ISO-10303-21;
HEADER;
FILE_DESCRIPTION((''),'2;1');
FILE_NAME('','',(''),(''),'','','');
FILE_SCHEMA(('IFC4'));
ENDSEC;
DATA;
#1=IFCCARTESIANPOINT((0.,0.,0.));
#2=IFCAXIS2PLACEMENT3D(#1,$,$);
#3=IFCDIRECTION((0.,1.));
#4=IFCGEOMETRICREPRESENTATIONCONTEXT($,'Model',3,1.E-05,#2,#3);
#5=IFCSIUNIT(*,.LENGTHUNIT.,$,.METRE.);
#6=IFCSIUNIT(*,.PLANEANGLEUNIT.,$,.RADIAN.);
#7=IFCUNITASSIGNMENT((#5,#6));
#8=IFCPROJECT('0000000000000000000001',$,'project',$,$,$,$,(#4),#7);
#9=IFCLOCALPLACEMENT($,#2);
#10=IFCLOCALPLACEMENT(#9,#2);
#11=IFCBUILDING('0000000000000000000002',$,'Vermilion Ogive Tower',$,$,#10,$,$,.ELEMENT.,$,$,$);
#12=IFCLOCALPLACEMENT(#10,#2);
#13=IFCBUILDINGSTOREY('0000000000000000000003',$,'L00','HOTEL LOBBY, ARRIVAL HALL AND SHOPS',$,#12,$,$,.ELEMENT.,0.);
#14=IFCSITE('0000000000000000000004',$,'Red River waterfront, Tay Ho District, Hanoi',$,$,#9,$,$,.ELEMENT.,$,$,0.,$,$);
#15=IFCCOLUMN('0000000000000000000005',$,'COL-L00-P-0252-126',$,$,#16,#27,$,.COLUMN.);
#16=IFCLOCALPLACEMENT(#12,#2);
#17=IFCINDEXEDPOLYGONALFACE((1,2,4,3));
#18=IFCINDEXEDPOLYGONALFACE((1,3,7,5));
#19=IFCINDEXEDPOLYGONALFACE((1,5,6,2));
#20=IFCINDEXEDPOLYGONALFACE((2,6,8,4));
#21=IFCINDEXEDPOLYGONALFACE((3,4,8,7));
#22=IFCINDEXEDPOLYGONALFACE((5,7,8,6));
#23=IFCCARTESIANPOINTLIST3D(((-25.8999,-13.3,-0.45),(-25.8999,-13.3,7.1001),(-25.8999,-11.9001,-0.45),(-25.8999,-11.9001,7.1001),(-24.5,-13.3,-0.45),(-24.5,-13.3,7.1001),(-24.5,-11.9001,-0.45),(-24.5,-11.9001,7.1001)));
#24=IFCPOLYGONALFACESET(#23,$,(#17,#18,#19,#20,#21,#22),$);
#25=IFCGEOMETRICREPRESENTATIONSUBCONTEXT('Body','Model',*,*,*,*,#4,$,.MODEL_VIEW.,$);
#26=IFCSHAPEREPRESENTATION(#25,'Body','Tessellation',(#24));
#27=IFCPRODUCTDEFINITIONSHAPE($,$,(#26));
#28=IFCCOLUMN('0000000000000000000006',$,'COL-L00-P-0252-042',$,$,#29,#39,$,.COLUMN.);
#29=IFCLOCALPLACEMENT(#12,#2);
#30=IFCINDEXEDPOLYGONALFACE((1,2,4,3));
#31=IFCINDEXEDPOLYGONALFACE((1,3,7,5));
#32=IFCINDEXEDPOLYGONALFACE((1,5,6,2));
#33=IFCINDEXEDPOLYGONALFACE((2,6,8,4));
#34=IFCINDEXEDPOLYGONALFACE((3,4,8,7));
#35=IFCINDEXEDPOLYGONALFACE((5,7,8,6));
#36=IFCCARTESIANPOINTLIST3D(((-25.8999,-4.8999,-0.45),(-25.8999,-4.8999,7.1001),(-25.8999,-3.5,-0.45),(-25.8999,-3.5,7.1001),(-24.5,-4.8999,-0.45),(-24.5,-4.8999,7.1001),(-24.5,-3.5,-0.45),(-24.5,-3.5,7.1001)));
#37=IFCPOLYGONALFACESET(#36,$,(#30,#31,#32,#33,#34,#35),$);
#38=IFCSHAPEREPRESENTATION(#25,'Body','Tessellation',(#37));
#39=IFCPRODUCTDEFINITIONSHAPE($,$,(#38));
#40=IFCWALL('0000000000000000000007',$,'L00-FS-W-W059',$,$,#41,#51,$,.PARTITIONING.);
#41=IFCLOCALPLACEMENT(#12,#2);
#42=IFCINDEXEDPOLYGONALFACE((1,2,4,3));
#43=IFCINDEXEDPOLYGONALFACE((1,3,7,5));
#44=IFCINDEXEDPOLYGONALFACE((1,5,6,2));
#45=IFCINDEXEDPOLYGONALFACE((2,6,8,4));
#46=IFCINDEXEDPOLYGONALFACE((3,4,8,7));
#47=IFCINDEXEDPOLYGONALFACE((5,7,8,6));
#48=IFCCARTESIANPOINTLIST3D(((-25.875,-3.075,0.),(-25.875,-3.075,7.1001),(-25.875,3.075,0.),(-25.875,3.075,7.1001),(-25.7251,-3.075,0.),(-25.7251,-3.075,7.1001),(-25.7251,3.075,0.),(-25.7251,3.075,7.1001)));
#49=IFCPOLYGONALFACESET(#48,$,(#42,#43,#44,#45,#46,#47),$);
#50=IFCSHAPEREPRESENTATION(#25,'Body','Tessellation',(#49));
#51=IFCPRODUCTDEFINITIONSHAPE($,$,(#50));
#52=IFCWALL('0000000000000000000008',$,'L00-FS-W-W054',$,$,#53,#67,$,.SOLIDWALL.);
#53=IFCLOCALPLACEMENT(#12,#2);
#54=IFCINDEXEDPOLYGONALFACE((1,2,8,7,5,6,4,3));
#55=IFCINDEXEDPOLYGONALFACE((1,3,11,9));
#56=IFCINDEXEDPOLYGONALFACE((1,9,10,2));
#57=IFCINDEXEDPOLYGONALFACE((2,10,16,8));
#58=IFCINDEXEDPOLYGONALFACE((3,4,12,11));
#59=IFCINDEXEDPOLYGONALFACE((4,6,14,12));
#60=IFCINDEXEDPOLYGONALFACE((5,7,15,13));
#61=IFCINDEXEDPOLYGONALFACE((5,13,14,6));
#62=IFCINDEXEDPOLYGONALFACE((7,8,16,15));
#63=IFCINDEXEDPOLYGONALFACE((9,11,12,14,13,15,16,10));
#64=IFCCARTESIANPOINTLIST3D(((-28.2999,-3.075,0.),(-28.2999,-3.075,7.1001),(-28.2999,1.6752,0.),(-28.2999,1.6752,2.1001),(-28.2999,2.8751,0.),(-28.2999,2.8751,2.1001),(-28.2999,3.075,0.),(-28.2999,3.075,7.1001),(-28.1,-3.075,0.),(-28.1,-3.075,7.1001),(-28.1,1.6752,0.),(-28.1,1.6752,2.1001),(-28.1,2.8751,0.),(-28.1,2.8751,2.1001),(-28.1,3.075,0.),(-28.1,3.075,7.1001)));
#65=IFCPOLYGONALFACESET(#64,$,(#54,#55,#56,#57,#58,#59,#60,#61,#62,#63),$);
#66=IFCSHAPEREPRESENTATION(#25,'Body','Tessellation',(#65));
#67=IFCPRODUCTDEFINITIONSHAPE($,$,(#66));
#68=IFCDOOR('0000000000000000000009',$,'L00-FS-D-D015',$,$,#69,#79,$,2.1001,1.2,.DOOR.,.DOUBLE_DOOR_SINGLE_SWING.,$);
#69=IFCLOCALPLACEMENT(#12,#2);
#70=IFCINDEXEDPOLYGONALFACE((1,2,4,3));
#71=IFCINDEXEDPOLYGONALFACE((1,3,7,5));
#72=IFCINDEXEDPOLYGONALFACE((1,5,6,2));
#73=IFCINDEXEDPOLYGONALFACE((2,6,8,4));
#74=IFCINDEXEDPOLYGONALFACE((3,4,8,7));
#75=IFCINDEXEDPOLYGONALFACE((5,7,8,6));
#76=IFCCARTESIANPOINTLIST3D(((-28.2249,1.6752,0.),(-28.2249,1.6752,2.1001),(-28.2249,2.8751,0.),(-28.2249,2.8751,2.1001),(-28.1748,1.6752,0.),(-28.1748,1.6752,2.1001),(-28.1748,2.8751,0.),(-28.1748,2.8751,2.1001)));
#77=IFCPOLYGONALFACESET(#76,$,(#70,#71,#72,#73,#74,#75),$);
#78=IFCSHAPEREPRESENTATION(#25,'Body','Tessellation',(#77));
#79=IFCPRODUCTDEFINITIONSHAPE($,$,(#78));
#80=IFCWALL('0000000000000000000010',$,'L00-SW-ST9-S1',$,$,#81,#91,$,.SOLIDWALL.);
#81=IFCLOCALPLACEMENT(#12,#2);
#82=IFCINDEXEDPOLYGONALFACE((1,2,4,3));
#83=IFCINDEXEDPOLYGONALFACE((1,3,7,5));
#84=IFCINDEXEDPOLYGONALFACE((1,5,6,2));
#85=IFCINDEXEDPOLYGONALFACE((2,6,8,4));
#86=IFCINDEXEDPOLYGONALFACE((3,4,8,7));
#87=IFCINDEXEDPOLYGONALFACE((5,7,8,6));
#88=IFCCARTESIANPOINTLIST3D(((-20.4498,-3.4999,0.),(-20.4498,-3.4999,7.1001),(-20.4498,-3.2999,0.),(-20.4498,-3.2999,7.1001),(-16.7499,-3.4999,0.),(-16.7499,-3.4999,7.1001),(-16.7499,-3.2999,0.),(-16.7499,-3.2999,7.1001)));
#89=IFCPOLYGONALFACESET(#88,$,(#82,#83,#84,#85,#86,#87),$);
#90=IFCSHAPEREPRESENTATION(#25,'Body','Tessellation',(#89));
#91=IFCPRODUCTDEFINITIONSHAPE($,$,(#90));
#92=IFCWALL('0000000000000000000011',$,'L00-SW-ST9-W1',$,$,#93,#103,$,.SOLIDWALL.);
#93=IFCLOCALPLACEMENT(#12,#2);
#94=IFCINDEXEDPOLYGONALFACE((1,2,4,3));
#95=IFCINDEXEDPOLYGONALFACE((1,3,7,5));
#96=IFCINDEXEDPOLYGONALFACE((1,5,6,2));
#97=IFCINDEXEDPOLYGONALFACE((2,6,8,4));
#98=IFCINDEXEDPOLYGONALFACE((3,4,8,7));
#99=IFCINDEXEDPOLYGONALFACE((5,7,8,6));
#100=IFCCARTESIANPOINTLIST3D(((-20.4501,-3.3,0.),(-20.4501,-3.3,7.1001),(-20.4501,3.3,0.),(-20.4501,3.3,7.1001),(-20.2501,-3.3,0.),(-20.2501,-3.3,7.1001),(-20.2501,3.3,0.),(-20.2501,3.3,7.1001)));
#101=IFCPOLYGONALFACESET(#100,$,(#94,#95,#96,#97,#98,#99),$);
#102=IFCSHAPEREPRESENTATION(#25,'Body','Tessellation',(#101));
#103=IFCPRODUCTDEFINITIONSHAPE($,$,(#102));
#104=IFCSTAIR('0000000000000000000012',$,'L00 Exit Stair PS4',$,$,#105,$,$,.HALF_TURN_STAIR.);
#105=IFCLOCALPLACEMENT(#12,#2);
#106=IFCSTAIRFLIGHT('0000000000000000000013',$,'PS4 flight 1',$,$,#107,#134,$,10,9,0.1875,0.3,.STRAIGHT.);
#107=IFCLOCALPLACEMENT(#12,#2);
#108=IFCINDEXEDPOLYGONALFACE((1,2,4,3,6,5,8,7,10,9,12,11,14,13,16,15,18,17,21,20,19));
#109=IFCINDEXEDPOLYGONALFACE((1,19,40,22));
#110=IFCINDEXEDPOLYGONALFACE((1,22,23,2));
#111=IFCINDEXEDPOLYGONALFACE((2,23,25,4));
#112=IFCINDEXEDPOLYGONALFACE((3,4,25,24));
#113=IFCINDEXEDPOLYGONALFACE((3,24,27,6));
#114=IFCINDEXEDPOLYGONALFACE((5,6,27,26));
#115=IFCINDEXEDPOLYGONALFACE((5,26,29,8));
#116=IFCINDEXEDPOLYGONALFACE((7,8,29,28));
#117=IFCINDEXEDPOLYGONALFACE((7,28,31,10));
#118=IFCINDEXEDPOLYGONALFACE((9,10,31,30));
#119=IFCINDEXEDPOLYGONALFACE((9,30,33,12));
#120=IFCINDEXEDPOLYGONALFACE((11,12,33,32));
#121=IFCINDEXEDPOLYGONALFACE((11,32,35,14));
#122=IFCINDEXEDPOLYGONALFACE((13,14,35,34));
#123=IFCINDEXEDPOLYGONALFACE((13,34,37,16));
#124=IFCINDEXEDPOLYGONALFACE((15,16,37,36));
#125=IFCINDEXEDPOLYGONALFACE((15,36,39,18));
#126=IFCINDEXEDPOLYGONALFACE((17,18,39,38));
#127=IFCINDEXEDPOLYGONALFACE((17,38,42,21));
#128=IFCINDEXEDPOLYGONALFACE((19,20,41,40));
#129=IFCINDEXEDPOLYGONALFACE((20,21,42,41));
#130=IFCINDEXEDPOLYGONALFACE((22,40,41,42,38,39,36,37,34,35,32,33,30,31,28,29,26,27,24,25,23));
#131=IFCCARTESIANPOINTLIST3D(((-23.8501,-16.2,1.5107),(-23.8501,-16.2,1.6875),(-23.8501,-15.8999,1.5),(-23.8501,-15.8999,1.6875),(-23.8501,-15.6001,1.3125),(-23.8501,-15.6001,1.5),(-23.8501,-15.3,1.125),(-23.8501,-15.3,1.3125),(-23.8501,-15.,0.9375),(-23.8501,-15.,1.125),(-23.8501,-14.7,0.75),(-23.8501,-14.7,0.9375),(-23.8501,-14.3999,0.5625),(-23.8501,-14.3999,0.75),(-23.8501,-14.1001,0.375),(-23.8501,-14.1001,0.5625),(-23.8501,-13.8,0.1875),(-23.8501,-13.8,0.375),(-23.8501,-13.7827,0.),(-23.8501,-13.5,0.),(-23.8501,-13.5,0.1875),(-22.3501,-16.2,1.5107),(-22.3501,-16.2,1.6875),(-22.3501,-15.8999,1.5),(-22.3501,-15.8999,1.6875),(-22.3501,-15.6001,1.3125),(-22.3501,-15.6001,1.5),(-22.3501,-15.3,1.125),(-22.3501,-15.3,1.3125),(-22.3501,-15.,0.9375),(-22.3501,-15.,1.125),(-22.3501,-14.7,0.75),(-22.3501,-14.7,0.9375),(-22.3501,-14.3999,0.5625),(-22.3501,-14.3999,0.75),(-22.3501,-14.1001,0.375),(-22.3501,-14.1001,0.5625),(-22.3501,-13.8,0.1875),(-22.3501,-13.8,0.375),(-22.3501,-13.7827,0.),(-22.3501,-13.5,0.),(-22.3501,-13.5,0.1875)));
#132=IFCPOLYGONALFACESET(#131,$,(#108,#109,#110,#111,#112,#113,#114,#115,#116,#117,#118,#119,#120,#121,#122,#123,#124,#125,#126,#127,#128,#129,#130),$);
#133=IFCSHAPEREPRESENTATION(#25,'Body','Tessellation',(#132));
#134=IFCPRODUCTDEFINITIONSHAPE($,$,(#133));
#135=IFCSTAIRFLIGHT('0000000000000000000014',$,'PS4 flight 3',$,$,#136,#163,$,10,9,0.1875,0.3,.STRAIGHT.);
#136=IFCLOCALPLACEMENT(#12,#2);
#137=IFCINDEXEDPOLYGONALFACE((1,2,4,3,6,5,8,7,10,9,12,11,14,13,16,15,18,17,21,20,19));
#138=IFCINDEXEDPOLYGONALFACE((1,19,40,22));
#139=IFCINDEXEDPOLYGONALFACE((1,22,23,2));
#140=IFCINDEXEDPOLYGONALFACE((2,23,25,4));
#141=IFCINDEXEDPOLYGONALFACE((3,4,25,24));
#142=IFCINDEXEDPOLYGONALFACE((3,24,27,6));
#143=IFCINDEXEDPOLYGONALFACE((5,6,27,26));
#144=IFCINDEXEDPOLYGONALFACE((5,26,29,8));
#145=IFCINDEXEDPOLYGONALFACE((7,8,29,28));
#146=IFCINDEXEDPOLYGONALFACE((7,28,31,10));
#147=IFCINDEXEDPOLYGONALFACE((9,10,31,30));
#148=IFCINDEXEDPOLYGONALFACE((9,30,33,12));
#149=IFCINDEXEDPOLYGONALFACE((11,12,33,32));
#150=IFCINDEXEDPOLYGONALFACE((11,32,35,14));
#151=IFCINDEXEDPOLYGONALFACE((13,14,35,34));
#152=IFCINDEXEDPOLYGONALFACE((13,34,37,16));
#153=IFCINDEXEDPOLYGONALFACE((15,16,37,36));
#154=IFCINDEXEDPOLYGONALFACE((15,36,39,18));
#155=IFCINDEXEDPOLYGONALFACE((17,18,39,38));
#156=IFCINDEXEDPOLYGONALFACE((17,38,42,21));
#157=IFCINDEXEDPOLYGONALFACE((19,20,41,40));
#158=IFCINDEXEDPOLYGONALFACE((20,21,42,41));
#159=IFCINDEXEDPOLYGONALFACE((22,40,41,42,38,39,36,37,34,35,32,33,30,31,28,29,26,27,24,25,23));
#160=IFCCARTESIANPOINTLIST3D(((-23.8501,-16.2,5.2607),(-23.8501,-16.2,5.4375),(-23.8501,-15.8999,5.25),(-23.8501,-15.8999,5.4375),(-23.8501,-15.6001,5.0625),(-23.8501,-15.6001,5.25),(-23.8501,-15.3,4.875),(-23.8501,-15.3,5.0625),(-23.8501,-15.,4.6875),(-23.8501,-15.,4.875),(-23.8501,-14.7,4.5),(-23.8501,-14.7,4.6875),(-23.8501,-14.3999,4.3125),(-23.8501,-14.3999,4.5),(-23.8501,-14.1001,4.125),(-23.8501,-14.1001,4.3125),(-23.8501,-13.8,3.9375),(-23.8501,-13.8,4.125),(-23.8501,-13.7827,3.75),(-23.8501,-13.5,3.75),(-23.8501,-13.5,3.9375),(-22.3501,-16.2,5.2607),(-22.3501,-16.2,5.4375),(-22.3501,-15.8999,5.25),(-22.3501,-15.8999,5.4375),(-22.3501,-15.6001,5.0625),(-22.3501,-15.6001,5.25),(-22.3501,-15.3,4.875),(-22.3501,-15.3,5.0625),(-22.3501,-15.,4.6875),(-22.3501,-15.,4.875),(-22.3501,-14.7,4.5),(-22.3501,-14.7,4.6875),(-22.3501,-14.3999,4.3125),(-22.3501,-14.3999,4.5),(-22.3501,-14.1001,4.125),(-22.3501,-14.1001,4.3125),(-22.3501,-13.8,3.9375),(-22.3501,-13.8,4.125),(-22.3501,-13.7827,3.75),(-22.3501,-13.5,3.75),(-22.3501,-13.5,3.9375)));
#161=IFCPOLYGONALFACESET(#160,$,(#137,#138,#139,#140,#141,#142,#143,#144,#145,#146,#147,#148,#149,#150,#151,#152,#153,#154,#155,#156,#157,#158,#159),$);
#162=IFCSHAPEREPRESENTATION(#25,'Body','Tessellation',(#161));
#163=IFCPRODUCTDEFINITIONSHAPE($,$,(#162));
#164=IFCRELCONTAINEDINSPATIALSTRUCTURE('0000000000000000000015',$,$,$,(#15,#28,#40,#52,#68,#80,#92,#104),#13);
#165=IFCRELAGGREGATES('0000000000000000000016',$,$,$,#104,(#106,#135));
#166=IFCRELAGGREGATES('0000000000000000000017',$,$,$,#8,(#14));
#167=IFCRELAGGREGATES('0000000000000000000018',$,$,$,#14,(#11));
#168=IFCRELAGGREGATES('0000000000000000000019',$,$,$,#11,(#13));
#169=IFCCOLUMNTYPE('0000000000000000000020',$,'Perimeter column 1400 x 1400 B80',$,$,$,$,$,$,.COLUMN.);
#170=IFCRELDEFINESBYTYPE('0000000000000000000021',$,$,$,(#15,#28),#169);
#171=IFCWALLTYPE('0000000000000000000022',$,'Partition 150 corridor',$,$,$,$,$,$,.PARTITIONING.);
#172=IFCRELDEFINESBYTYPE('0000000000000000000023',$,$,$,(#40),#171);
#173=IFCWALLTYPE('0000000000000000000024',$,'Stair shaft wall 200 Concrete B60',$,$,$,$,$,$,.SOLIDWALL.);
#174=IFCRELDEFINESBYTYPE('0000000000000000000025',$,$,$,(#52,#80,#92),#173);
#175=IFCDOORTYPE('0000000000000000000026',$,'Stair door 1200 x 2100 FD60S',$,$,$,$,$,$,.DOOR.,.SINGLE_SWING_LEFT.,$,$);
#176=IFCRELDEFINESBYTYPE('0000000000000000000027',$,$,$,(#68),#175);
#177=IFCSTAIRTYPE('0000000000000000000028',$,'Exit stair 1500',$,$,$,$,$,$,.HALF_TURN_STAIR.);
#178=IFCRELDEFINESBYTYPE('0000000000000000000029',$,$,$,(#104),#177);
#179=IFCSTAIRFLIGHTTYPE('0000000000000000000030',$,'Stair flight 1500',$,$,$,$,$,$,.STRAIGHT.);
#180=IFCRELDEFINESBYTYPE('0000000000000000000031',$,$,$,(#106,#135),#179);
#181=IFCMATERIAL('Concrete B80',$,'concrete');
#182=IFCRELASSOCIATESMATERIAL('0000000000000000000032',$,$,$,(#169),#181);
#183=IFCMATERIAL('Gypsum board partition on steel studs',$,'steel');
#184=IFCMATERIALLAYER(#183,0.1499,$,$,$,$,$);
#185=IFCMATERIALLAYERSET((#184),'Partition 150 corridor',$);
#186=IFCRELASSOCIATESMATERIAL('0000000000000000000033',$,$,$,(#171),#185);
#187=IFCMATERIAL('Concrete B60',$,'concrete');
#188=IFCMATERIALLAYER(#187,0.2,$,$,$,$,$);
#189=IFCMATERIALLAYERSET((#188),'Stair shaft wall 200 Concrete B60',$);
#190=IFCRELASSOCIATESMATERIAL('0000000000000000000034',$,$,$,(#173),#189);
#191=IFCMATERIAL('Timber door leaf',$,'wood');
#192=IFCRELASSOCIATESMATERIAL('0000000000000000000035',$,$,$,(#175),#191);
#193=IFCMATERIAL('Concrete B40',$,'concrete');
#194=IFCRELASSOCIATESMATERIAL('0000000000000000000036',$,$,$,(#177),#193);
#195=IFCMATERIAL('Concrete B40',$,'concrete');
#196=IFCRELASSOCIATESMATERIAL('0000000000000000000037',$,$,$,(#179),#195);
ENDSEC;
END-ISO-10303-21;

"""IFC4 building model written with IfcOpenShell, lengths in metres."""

from ifc_helpers import new_model, si_unit, direction, frame, frame_2d, origin, origin_2d, place, context, subcontext, project, spatial, polyline, rectangle, outline, extrude, material, layer, layer_set, material_profile, profile_set, type_object, element, fill, aggregate, save


model = new_model("IFC4")

# Units and contexts
model_context = context("Model", 3, precision=1e-05, world=origin(), true_north=direction((0.0, 1.0)))
body_context = subcontext(model_context, "Body", "Model", "MODEL_VIEW")
ifc_project = project(units=[si_unit("LENGTHUNIT", "METRE"), si_unit("PLANEANGLEUNIT", "RADIAN")], contexts=[model_context])

# Site, building, storey
site_placement = place(None, origin())
site = spatial("IfcSite", under=ifc_project, at=site_placement, Name="Red River waterfront, Tay Ho District, Hanoi", CompositionType="ELEMENT", RefElevation=0.0)
building_placement = place(site_placement, origin())
building = spatial("IfcBuilding", under=site, at=building_placement, Name="Vermilion Ogive Tower", CompositionType="ELEMENT")
storey_placement = place(building_placement, origin())
storey = spatial("IfcBuildingStorey", under=building, at=storey_placement, Name="L00", Description="HOTEL LOBBY, ARRIVAL HALL AND SHOPS", CompositionType="ELEMENT", Elevation=0.0)

# Columns
ifc_material_1 = material(Name="Concrete B80", Category="concrete")
ifc_material_profile = material_profile(ifc_material_1, rectangle(XDim=1.3999, YDim=1.3999, at=origin_2d()), Name="1400 x 1400")
ifc_profile_set = profile_set([ifc_material_profile], Name="Concrete B80")
column_type = type_object("IfcColumnType", Name="Perimeter column 1400 x 1400 B80", PredefinedType="COLUMN", material=ifc_profile_set)
for number, where, z_axis, x_axis, name in (
    (1, (-25.2, -12.6001, -0.45), (0.0, 0.0, 1.0), (1.0, 0.0, 0.0), "COL-L00-P-0252-126"),
    (2, (-25.2, -4.2, -0.45), (0.0, 0.0, 1.0), (1.0, 0.0, 0.0), "COL-L00-P-0252-042"),
):
    element("IfcColumn", number, at=place(storey_placement, frame(where, z_axis=z_axis, x_axis=x_axis)), inside=storey, type_object=column_type, Name=name, PredefinedType="COLUMN", context=body_context, shape_type="SweptSolid", body=[
        extrude(rectangle(XDim=1.3999, YDim=1.3999, at=origin_2d()), origin(), (0.0, 0.0, 1.0), 7.55),
    ])

# Wall
ifc_material_2 = material(Name="Gypsum board partition on steel studs", Category="steel")
ifc_layer_1 = layer(ifc_material_2, 0.1499)
ifc_layer_set_1 = layer_set([ifc_layer_1], Name="Partition 150 corridor")
wall_type_1 = type_object("IfcWallType", Name="Partition 150 corridor", PredefinedType="PARTITIONING", material=ifc_layer_set_1)
wall_1_placement = place(storey_placement, frame((-25.8, -3.075, 0.0), z_axis=(0.0, 0.0, 1.0), x_axis=(0.0, 1.0, 0.0)))
element("IfcWall", 3, at=wall_1_placement, inside=storey, type_object=wall_type_1, Name="L00-FS-W-W059", PredefinedType="PARTITIONING", context=body_context, shape_type="SweptSolid", body=[
    extrude(rectangle(XDim=6.1499, YDim=0.1499, at=frame_2d((3.075, 0.0))), origin(), (0.0, 0.0, 1.0), 7.1001),
])

# Wall, opening, door
ifc_material_3 = material(Name="Concrete B60", Category="concrete")
ifc_layer_2 = layer(ifc_material_3, 0.2)
ifc_layer_set_2 = layer_set([ifc_layer_2], Name="Stair shaft wall 200 Concrete B60")
wall_type_2 = type_object("IfcWallType", Name="Stair shaft wall 200 Concrete B60", PredefinedType="SOLIDWALL", material=ifc_layer_set_2)
wall_2_placement = place(storey_placement, frame((-28.2, -3.075, 0.0), z_axis=(0.0, 0.0, 1.0), x_axis=(0.0, 1.0, 0.0)))
wall_2 = element("IfcWall", 4, at=wall_2_placement, inside=storey, type_object=wall_type_2, Name="L00-FS-W-W054", PredefinedType="SOLIDWALL", context=body_context, shape_type="SweptSolid", body=[
    extrude(rectangle(XDim=6.1499, YDim=0.2, at=frame_2d((3.075, 0.0))), origin(), (0.0, 0.0, 1.0), 7.1001),
])
opening_placement = place(wall_2_placement, frame((4.75, 0.0, 0.0)))
opening = element("IfcOpeningElement", 5, at=opening_placement, cuts=wall_2, PredefinedType="OPENING", context=body_context, shape_type="SweptSolid", body=[
    extrude(rectangle(XDim=1.2, YDim=2.1001, at=frame_2d((0.6001, 1.05))), frame((0.0, 0.1099, 0.0), z_axis=(0.0, -1.0, 0.0), x_axis=(1.0, 0.0, 0.0)), (0.0, 0.0, 1.0), 0.22),
])
ifc_material_4 = material(Name="Timber door leaf", Category="wood")
door_type = type_object("IfcDoorType", Name="Stair door 1200 x 2100 FD60S", OperationType="SINGLE_SWING_LEFT", PredefinedType="DOOR", material=ifc_material_4)
door_placement = place(opening_placement, origin())
door = element("IfcDoor", 6, at=door_placement, inside=storey, type_object=door_type, Name="L00-FS-D-D015", OperationType="DOUBLE_DOOR_SINGLE_SWING", OverallHeight=2.1001, OverallWidth=1.2, PredefinedType="DOOR", context=body_context, shape_type="SweptSolid", body=[
    extrude(rectangle(XDim=1.2, YDim=2.1001, at=frame_2d((0.6001, 1.05))), frame((0.0, 0.0249, 0.0), z_axis=(0.0, -1.0, 0.0), x_axis=(1.0, 0.0, 0.0)), (0.0, 0.0, 1.0), 0.05),
])
fill(opening, door)

# Walls
wall_3_placement = place(storey_placement, frame((-20.45, -3.3999, 0.0), z_axis=(0.0, 0.0, 1.0), x_axis=(1.0, 0.0, 0.0)))
element("IfcWall", 7, at=wall_3_placement, inside=storey, type_object=wall_type_2, Name="L00-SW-ST9-S1", PredefinedType="SOLIDWALL", context=body_context, shape_type="SweptSolid", body=[
    extrude(rectangle(XDim=3.7, YDim=0.2, at=frame_2d((1.8501, 0.0))), origin(), (0.0, 0.0, 1.0), 7.1001),
])
wall_4_placement = place(storey_placement, frame((-20.3501, -3.3, 0.0), z_axis=(0.0, 0.0, 1.0), x_axis=(0.0, 1.0, 0.0)))
element("IfcWall", 8, at=wall_4_placement, inside=storey, type_object=wall_type_2, Name="L00-SW-ST9-W1", PredefinedType="SOLIDWALL", context=body_context, shape_type="SweptSolid", body=[
    extrude(rectangle(XDim=6.6001, YDim=0.2, at=frame_2d((3.3, 0.0))), origin(), (0.0, 0.0, 1.0), 7.1001),
])

# Stair, stair flights
ifc_material_5 = material(Name="Concrete B40", Category="concrete")
stair_type = type_object("IfcStairType", Name="Exit stair 1500", PredefinedType="HALF_TURN_STAIR", material=ifc_material_5)
stair_1_placement = place(storey_placement, origin())
stair_1 = element("IfcStair", 9, at=stair_1_placement, inside=storey, type_object=stair_type, Name="L00 Exit Stair PS4", PredefinedType="HALF_TURN_STAIR")
ifc_material_6 = material(Name="Concrete B40", Category="concrete")
stair_flight_type = type_object("IfcStairFlightType", Name="Stair flight 1500", PredefinedType="STRAIGHT", material=ifc_material_6)
stair_flight_1_placement = place(storey_placement, frame((-23.1001, -13.5, 0.0), z_axis=(0.0, 0.0, 1.0), x_axis=(0.0, -1.0, 0.0)))
stair_flight_1 = element("IfcStairFlight", 10, at=stair_flight_1_placement, type_object=stair_flight_type, Name="PS4 flight 1", NumberOfRisers=10, NumberOfTreads=9, PredefinedType="STRAIGHT", RiserHeight=0.1875, TreadLength=0.3, context=body_context, shape_type="SweptSolid", body=[
    extrude(outline(polyline([(0.0, 0.0), (0.0, 0.1875), (0.3, 0.1875), (0.3, 0.375), (0.6001, 0.375), (0.6001, 0.5625), (0.8999, 0.5625), (0.8999, 0.75), (1.2, 0.75), (1.2, 0.9375), (1.5, 0.9375), (1.5, 1.125), (1.8, 1.125), (1.8, 1.3125), (2.1001, 1.3125), (2.1001, 1.5), (2.3999, 1.5), (2.3999, 1.6875), (2.7, 1.6875), (2.7, 1.875), (2.7, 1.5107), (0.2827, 0.0), (0.0, 0.0)])), frame((0.0, 0.75, 0.0), z_axis=(0.0, -1.0, 0.0), x_axis=(1.0, 0.0, 0.0)), (0.0, 0.0, 1.0), 1.5),
])
stair_flight_2_placement = place(storey_placement, frame((-23.1001, -13.5, 3.75), z_axis=(0.0, 0.0, 1.0), x_axis=(0.0, -1.0, 0.0)))
stair_flight_2 = element("IfcStairFlight", 11, at=stair_flight_2_placement, type_object=stair_flight_type, Name="PS4 flight 3", NumberOfRisers=10, NumberOfTreads=9, PredefinedType="STRAIGHT", RiserHeight=0.1875, TreadLength=0.3, context=body_context, shape_type="SweptSolid", body=[
    extrude(outline(polyline([(0.0, 0.0), (0.0, 0.1875), (0.3, 0.1875), (0.3, 0.375), (0.6001, 0.375), (0.6001, 0.5625), (0.8999, 0.5625), (0.8999, 0.75), (1.2, 0.75), (1.2, 0.9375), (1.5, 0.9375), (1.5, 1.125), (1.8, 1.125), (1.8, 1.3125), (2.1001, 1.3125), (2.1001, 1.5), (2.3999, 1.5), (2.3999, 1.6875), (2.7, 1.6875), (2.7, 1.875), (2.7, 1.5107), (0.2827, 0.0), (0.0, 0.0)])), frame((0.0, 0.75, 0.0), z_axis=(0.0, -1.0, 0.0), x_axis=(1.0, 0.0, 0.0)), (0.0, 0.0, 1.0), 1.5),
])
aggregate(stair_1, [stair_flight_1, stair_flight_2])

save(model, "model.ifc")
